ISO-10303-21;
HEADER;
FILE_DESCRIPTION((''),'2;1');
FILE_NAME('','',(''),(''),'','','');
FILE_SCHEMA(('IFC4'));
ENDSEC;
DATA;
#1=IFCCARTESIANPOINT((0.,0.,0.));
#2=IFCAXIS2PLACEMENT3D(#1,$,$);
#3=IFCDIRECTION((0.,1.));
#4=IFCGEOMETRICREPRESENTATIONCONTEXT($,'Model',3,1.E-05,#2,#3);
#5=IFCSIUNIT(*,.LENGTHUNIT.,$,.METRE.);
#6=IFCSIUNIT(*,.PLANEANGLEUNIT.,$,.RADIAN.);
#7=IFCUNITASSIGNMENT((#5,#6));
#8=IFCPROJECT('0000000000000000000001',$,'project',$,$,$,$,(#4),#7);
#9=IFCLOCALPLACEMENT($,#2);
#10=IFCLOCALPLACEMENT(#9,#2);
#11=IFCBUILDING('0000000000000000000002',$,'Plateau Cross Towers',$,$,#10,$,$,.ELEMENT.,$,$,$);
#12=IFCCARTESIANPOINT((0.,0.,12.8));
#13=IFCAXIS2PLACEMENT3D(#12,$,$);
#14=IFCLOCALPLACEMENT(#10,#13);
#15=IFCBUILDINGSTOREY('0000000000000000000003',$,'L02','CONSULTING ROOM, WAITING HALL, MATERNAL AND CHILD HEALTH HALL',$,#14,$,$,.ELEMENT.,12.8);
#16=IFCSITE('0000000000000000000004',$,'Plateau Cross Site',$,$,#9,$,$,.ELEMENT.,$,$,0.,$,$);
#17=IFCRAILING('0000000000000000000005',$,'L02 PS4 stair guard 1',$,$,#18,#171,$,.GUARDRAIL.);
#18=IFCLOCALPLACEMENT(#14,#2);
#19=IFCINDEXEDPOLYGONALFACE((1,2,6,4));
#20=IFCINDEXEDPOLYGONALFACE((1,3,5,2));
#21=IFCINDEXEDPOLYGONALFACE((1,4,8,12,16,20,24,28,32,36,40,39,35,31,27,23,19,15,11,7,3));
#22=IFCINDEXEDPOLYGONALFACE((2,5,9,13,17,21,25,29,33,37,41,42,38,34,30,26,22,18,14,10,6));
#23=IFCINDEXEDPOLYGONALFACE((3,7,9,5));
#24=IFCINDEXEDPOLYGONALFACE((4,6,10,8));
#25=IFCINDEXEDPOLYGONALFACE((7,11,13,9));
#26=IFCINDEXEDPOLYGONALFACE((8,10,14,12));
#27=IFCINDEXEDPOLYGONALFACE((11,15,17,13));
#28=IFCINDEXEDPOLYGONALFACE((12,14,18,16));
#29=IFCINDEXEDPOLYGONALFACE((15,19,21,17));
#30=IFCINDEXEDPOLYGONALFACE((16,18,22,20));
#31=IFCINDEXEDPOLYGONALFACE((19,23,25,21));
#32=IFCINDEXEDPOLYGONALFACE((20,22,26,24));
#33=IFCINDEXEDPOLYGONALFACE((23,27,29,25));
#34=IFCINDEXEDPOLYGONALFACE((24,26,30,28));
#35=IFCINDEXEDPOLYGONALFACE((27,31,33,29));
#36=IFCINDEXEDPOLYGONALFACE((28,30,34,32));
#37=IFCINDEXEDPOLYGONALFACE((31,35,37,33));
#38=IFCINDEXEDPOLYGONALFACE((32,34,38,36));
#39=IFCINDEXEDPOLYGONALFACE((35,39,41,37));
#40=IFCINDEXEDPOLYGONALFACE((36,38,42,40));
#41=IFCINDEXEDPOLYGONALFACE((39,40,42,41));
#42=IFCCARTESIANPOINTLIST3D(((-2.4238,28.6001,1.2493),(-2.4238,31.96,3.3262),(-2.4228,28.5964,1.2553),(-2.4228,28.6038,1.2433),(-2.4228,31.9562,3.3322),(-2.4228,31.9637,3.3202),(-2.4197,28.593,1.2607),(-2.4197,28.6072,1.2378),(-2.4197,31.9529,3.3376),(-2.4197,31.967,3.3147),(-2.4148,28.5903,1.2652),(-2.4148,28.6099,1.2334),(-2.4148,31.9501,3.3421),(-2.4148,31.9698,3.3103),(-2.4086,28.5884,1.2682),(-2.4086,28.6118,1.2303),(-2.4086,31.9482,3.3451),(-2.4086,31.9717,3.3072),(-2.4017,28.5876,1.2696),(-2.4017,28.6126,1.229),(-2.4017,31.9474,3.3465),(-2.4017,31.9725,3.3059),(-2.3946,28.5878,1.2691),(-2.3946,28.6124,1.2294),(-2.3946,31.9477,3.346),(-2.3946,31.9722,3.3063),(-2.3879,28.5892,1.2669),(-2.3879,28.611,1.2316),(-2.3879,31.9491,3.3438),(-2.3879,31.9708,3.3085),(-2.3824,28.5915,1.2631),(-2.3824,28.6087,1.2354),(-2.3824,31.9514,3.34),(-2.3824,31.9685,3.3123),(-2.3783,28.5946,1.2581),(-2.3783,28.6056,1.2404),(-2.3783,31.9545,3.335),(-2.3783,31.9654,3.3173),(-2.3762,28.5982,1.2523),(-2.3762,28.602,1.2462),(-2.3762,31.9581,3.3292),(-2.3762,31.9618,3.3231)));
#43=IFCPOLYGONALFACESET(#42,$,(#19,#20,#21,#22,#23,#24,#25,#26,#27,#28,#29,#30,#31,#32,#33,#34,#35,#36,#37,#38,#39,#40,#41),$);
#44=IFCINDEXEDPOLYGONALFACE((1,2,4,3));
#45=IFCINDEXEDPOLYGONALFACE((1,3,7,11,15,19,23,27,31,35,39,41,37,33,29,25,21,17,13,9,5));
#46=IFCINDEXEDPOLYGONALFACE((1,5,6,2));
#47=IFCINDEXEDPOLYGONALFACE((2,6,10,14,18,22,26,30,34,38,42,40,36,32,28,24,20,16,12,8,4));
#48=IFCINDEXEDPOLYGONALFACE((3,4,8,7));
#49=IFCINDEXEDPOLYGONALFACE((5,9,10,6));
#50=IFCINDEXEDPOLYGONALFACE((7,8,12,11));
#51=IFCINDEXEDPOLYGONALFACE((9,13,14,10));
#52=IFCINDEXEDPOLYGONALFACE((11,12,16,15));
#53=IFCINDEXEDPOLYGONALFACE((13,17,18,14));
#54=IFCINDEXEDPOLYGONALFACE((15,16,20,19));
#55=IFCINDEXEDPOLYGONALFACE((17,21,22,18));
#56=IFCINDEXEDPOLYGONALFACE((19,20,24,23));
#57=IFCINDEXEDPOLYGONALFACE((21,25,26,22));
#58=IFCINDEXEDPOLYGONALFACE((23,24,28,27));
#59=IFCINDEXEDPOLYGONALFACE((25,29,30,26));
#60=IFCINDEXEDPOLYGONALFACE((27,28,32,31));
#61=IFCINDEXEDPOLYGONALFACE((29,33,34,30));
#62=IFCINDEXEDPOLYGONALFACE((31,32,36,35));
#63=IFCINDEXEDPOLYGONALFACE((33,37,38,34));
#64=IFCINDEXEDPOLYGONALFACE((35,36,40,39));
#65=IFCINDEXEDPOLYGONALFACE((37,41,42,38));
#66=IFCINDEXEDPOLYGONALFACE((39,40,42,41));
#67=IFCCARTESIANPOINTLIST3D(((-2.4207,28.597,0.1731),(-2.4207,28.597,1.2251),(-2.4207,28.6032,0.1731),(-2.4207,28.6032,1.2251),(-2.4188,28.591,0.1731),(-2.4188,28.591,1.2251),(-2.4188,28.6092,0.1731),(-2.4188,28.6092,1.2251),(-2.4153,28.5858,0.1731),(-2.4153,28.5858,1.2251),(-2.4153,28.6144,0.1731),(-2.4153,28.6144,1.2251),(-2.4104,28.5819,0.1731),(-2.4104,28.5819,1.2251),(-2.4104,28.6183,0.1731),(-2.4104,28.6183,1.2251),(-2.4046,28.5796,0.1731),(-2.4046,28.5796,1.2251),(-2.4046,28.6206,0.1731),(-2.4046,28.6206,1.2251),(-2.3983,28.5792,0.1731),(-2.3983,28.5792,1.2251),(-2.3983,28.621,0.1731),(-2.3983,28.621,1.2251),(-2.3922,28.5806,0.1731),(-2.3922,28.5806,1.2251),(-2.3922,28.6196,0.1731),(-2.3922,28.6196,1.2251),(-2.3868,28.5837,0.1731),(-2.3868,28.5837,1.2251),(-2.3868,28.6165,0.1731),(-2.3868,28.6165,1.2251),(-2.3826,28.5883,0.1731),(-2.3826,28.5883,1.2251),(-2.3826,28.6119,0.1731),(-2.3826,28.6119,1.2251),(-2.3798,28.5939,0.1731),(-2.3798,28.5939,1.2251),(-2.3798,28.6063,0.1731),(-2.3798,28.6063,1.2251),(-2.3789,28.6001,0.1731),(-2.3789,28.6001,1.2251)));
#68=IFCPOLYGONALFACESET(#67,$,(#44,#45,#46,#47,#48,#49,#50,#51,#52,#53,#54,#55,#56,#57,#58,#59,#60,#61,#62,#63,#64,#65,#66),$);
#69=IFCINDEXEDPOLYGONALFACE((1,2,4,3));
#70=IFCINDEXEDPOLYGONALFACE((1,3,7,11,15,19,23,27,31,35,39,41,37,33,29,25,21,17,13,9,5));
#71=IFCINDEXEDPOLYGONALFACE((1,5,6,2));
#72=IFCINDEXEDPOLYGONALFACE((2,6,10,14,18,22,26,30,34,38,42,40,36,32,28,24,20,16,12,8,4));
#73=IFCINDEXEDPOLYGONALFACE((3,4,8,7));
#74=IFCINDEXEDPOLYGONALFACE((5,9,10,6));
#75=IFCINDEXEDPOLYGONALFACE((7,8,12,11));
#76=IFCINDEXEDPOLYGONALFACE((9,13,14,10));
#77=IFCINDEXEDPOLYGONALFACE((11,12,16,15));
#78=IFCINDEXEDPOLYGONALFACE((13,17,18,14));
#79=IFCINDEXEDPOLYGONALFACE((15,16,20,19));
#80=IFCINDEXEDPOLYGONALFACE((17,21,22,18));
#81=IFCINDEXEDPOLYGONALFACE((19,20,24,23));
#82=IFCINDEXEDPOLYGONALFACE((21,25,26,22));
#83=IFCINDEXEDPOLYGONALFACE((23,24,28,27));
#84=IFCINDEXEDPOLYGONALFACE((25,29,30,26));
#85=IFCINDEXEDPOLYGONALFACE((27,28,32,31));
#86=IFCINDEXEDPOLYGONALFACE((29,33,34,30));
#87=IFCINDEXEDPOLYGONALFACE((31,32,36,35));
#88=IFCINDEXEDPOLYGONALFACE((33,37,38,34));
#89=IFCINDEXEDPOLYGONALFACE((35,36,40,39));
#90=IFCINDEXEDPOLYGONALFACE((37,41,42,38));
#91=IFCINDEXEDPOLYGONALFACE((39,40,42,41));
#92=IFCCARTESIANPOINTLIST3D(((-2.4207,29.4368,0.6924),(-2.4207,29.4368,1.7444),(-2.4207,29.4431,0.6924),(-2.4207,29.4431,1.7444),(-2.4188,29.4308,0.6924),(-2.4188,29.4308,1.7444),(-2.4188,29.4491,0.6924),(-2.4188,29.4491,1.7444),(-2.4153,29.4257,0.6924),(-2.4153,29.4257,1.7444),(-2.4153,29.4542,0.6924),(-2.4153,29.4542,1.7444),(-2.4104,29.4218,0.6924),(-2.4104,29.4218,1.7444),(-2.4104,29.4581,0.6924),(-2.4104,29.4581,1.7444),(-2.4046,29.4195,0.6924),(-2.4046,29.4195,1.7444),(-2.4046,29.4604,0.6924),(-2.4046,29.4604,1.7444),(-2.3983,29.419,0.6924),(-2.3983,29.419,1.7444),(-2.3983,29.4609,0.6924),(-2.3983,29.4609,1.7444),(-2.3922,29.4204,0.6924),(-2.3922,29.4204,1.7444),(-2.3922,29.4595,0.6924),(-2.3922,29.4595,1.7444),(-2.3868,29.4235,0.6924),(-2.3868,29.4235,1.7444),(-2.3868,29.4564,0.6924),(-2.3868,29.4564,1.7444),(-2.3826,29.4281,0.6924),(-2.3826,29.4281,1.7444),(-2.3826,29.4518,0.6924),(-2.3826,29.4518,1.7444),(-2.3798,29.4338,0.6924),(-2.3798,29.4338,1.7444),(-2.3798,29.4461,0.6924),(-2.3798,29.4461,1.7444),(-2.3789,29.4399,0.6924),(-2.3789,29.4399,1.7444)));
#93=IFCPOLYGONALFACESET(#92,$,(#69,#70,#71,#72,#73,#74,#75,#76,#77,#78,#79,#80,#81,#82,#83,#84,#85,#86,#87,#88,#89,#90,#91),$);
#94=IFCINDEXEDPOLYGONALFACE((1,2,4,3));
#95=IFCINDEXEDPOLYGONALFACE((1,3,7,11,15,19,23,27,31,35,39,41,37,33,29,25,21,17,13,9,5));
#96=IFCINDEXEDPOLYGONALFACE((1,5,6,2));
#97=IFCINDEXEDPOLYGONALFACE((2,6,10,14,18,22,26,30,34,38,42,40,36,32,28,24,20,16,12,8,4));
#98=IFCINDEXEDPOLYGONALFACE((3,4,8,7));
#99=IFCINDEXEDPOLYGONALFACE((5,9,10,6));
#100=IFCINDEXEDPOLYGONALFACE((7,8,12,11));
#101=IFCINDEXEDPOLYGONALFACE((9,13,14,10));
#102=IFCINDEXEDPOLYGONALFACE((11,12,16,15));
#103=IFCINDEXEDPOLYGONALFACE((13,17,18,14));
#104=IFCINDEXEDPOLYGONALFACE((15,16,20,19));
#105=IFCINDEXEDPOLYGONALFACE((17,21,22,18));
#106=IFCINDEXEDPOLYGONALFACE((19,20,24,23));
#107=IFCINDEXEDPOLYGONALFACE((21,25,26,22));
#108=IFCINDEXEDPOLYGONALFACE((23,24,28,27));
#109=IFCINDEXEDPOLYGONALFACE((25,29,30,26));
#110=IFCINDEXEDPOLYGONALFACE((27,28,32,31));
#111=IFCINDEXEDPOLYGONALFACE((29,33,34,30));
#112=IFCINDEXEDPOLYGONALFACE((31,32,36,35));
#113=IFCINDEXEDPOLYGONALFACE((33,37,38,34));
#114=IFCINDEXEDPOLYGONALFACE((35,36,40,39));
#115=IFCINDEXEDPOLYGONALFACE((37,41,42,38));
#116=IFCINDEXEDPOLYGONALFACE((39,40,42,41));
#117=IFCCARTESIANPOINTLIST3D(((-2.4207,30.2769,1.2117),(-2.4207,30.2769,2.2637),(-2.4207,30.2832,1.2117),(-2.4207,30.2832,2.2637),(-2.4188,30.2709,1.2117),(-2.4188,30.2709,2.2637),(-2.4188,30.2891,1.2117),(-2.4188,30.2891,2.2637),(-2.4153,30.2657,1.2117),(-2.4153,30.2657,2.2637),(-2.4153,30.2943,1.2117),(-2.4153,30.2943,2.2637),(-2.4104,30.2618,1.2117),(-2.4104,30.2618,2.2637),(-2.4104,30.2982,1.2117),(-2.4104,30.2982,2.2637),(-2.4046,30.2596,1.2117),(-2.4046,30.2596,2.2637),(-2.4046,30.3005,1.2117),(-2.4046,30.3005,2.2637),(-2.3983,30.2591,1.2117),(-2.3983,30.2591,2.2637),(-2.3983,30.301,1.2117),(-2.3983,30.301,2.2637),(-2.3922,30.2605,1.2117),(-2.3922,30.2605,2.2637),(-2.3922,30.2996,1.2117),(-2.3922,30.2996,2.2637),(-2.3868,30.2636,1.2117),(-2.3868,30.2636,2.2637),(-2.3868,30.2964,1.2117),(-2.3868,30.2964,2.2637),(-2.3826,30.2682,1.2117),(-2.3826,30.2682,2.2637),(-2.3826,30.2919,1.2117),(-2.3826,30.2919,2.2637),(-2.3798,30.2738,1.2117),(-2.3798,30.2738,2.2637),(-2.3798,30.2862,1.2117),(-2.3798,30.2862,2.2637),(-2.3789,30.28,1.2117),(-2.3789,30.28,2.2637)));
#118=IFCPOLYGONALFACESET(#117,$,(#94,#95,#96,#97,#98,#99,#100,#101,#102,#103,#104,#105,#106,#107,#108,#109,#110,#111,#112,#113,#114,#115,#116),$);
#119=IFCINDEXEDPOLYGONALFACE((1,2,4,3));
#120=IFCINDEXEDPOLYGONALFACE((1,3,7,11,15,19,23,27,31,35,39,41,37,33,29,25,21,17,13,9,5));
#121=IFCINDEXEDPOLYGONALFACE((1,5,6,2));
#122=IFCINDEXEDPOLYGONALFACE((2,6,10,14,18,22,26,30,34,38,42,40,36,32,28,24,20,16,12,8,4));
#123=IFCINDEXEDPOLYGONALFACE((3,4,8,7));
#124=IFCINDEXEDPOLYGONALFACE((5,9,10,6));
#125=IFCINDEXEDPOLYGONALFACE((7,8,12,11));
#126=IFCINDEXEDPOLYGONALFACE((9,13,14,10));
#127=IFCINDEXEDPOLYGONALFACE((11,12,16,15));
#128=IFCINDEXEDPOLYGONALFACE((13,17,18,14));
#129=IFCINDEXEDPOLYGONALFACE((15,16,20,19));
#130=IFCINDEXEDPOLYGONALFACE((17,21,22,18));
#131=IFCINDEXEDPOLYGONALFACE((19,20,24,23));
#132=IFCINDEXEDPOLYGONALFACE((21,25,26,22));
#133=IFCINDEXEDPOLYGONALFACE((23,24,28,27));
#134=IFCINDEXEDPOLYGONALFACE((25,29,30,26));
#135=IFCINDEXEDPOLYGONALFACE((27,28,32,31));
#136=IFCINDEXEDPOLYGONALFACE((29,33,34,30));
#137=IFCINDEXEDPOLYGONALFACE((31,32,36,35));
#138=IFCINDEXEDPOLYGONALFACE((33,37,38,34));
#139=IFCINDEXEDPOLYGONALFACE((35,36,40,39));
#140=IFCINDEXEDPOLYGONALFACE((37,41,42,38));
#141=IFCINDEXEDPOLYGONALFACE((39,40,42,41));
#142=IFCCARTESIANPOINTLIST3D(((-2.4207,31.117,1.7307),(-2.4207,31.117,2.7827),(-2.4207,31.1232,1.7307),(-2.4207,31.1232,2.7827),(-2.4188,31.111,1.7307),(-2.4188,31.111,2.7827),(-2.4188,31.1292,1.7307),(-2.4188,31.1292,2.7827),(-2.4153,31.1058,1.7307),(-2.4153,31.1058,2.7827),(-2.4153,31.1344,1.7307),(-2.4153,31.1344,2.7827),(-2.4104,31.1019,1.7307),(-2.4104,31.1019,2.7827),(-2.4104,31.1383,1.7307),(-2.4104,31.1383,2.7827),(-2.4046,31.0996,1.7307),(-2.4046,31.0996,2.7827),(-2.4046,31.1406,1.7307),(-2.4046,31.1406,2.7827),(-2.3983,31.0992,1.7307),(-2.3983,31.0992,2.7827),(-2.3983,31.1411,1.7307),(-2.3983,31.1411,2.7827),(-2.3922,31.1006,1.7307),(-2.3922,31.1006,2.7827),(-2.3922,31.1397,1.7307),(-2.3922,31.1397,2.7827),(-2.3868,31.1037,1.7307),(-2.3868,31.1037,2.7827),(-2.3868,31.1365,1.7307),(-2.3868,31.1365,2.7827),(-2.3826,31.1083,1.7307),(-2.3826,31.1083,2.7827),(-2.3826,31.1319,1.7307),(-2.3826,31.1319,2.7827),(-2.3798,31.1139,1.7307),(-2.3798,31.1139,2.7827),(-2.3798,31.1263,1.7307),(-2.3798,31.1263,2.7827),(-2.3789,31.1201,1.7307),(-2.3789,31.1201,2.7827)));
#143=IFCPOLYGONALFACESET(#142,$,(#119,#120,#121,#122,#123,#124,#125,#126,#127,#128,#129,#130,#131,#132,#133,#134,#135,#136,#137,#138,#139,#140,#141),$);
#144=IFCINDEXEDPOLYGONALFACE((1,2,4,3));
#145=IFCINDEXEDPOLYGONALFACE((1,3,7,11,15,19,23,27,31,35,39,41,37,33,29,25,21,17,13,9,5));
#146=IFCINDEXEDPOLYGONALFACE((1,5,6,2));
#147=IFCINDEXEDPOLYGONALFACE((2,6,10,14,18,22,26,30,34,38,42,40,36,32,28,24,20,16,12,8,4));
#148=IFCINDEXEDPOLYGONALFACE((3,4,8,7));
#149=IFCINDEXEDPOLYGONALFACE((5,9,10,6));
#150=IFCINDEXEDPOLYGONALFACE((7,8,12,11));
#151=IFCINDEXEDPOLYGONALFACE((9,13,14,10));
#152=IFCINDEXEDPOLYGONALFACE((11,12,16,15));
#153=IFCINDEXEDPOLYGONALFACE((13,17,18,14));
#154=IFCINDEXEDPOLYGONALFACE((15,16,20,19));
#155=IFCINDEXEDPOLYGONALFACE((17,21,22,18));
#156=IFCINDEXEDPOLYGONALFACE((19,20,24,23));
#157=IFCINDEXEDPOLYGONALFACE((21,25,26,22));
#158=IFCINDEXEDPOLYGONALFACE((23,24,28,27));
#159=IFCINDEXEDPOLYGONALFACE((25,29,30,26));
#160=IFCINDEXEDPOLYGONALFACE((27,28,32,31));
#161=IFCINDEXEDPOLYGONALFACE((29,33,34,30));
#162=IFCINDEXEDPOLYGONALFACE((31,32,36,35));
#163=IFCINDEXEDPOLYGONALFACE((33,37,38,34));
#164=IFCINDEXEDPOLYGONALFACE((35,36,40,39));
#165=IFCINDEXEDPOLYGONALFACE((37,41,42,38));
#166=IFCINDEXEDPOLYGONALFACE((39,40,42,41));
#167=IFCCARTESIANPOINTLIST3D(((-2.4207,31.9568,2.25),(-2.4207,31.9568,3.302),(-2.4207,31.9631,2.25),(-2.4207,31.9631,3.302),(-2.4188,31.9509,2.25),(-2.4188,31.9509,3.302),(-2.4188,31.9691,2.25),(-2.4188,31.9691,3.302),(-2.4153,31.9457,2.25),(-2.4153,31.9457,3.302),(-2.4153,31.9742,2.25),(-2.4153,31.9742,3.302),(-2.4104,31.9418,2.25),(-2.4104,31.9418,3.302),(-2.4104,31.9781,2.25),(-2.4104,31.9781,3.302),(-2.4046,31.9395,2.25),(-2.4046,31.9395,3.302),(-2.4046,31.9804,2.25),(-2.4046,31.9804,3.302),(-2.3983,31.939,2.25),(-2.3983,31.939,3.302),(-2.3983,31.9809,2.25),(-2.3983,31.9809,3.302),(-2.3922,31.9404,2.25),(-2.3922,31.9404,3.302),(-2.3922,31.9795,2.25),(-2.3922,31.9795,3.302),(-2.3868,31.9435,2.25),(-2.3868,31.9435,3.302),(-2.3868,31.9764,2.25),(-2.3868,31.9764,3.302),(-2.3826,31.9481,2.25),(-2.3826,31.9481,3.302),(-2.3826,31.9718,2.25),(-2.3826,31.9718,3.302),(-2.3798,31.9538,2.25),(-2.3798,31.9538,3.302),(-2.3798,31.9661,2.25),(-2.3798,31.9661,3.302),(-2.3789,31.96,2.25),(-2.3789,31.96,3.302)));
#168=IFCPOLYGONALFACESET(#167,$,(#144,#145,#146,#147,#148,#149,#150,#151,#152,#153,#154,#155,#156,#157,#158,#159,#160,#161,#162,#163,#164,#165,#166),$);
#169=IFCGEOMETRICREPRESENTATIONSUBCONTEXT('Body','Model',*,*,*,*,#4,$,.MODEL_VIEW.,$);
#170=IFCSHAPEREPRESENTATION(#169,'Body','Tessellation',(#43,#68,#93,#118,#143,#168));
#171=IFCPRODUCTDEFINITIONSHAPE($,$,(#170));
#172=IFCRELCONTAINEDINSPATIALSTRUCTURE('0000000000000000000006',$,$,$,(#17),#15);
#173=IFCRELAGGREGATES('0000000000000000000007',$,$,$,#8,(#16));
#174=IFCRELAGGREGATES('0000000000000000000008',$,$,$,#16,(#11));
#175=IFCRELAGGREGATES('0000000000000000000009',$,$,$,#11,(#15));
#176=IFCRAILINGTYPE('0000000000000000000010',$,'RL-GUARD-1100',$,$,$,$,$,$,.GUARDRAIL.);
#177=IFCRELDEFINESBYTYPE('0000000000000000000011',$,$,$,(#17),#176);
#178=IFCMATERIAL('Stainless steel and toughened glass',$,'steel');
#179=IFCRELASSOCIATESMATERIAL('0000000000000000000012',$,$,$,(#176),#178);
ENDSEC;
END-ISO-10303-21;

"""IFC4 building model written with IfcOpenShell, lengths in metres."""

from ifc_helpers import new_model, si_unit, direction, frame, origin, origin_2d, place, context, subcontext, project, spatial, circle, extrude, material, type_object, element, save


model = new_model("IFC4")

# Units and contexts
model_context = context("Model", 3, precision=1e-05, world=origin(), true_north=direction((0.0, 1.0)))
body_context = subcontext(model_context, "Body", "Model", "MODEL_VIEW")
ifc_project = project(units=[si_unit("LENGTHUNIT", "METRE"), si_unit("PLANEANGLEUNIT", "RADIAN")], contexts=[model_context])

# Site, building, storey
site_placement = place(None, origin())
site = spatial("IfcSite", under=ifc_project, at=site_placement, Name="Plateau Cross Site", CompositionType="ELEMENT", RefElevation=0.0)
building_placement = place(site_placement, origin())
building = spatial("IfcBuilding", under=site, at=building_placement, Name="Plateau Cross Towers", CompositionType="ELEMENT")
storey_placement = place(building_placement, frame((0.0, 0.0, 12.8)))
storey = spatial("IfcBuildingStorey", under=building, at=storey_placement, Name="L02", Description="CONSULTING ROOM, WAITING HALL, MATERNAL AND CHILD HEALTH HALL", CompositionType="ELEMENT", Elevation=12.8)

# Railing
ifc_material_1 = material(Name="Stainless steel and toughened glass", Category="steel")
railing_type_1 = type_object("IfcRailingType", Name="RL-GUARD-1100", PredefinedType="GUARDRAIL", material=ifc_material_1)
railing_1_placement = place(storey_placement, frame((-2.3999, 28.6001, 0.1731)))
element("IfcRailing", 1, at=railing_1_placement, inside=storey, type_object=railing_type_1, Name="L02 PS4 stair guard 1", PredefinedType="GUARDRAIL", context=body_context, shape_type="SweptSolid", body=[
    extrude(circle(Radius=0.0239, at=origin_2d()), frame((0.0, 0.0, 1.0762), z_axis=(0.0, 0.850606, 0.525803), x_axis=(-1.0, 0.0, 0.0)), (0.0, 0.0, 1.0), 3.95),
    extrude(circle(Radius=0.021, at=origin_2d()), origin(), (0.0, 0.0, 1.0), 1.052),
    extrude(circle(Radius=0.021, at=origin_2d()), frame((0.0, 0.8398, 0.5193)), (0.0, 0.0, 1.0), 1.052),
    extrude(circle(Radius=0.021, at=origin_2d()), frame((0.0, 1.6799, 1.0386)), (0.0, 0.0, 1.0), 1.052),
    extrude(circle(Radius=0.021, at=origin_2d()), frame((0.0, 2.52, 1.5576)), (0.0, 0.0, 1.0), 1.052),
    extrude(circle(Radius=0.021, at=origin_2d()), frame((0.0, 3.3599, 2.0769)), (0.0, 0.0, 1.0), 1.052),
])

save(model, "model.ifc")
